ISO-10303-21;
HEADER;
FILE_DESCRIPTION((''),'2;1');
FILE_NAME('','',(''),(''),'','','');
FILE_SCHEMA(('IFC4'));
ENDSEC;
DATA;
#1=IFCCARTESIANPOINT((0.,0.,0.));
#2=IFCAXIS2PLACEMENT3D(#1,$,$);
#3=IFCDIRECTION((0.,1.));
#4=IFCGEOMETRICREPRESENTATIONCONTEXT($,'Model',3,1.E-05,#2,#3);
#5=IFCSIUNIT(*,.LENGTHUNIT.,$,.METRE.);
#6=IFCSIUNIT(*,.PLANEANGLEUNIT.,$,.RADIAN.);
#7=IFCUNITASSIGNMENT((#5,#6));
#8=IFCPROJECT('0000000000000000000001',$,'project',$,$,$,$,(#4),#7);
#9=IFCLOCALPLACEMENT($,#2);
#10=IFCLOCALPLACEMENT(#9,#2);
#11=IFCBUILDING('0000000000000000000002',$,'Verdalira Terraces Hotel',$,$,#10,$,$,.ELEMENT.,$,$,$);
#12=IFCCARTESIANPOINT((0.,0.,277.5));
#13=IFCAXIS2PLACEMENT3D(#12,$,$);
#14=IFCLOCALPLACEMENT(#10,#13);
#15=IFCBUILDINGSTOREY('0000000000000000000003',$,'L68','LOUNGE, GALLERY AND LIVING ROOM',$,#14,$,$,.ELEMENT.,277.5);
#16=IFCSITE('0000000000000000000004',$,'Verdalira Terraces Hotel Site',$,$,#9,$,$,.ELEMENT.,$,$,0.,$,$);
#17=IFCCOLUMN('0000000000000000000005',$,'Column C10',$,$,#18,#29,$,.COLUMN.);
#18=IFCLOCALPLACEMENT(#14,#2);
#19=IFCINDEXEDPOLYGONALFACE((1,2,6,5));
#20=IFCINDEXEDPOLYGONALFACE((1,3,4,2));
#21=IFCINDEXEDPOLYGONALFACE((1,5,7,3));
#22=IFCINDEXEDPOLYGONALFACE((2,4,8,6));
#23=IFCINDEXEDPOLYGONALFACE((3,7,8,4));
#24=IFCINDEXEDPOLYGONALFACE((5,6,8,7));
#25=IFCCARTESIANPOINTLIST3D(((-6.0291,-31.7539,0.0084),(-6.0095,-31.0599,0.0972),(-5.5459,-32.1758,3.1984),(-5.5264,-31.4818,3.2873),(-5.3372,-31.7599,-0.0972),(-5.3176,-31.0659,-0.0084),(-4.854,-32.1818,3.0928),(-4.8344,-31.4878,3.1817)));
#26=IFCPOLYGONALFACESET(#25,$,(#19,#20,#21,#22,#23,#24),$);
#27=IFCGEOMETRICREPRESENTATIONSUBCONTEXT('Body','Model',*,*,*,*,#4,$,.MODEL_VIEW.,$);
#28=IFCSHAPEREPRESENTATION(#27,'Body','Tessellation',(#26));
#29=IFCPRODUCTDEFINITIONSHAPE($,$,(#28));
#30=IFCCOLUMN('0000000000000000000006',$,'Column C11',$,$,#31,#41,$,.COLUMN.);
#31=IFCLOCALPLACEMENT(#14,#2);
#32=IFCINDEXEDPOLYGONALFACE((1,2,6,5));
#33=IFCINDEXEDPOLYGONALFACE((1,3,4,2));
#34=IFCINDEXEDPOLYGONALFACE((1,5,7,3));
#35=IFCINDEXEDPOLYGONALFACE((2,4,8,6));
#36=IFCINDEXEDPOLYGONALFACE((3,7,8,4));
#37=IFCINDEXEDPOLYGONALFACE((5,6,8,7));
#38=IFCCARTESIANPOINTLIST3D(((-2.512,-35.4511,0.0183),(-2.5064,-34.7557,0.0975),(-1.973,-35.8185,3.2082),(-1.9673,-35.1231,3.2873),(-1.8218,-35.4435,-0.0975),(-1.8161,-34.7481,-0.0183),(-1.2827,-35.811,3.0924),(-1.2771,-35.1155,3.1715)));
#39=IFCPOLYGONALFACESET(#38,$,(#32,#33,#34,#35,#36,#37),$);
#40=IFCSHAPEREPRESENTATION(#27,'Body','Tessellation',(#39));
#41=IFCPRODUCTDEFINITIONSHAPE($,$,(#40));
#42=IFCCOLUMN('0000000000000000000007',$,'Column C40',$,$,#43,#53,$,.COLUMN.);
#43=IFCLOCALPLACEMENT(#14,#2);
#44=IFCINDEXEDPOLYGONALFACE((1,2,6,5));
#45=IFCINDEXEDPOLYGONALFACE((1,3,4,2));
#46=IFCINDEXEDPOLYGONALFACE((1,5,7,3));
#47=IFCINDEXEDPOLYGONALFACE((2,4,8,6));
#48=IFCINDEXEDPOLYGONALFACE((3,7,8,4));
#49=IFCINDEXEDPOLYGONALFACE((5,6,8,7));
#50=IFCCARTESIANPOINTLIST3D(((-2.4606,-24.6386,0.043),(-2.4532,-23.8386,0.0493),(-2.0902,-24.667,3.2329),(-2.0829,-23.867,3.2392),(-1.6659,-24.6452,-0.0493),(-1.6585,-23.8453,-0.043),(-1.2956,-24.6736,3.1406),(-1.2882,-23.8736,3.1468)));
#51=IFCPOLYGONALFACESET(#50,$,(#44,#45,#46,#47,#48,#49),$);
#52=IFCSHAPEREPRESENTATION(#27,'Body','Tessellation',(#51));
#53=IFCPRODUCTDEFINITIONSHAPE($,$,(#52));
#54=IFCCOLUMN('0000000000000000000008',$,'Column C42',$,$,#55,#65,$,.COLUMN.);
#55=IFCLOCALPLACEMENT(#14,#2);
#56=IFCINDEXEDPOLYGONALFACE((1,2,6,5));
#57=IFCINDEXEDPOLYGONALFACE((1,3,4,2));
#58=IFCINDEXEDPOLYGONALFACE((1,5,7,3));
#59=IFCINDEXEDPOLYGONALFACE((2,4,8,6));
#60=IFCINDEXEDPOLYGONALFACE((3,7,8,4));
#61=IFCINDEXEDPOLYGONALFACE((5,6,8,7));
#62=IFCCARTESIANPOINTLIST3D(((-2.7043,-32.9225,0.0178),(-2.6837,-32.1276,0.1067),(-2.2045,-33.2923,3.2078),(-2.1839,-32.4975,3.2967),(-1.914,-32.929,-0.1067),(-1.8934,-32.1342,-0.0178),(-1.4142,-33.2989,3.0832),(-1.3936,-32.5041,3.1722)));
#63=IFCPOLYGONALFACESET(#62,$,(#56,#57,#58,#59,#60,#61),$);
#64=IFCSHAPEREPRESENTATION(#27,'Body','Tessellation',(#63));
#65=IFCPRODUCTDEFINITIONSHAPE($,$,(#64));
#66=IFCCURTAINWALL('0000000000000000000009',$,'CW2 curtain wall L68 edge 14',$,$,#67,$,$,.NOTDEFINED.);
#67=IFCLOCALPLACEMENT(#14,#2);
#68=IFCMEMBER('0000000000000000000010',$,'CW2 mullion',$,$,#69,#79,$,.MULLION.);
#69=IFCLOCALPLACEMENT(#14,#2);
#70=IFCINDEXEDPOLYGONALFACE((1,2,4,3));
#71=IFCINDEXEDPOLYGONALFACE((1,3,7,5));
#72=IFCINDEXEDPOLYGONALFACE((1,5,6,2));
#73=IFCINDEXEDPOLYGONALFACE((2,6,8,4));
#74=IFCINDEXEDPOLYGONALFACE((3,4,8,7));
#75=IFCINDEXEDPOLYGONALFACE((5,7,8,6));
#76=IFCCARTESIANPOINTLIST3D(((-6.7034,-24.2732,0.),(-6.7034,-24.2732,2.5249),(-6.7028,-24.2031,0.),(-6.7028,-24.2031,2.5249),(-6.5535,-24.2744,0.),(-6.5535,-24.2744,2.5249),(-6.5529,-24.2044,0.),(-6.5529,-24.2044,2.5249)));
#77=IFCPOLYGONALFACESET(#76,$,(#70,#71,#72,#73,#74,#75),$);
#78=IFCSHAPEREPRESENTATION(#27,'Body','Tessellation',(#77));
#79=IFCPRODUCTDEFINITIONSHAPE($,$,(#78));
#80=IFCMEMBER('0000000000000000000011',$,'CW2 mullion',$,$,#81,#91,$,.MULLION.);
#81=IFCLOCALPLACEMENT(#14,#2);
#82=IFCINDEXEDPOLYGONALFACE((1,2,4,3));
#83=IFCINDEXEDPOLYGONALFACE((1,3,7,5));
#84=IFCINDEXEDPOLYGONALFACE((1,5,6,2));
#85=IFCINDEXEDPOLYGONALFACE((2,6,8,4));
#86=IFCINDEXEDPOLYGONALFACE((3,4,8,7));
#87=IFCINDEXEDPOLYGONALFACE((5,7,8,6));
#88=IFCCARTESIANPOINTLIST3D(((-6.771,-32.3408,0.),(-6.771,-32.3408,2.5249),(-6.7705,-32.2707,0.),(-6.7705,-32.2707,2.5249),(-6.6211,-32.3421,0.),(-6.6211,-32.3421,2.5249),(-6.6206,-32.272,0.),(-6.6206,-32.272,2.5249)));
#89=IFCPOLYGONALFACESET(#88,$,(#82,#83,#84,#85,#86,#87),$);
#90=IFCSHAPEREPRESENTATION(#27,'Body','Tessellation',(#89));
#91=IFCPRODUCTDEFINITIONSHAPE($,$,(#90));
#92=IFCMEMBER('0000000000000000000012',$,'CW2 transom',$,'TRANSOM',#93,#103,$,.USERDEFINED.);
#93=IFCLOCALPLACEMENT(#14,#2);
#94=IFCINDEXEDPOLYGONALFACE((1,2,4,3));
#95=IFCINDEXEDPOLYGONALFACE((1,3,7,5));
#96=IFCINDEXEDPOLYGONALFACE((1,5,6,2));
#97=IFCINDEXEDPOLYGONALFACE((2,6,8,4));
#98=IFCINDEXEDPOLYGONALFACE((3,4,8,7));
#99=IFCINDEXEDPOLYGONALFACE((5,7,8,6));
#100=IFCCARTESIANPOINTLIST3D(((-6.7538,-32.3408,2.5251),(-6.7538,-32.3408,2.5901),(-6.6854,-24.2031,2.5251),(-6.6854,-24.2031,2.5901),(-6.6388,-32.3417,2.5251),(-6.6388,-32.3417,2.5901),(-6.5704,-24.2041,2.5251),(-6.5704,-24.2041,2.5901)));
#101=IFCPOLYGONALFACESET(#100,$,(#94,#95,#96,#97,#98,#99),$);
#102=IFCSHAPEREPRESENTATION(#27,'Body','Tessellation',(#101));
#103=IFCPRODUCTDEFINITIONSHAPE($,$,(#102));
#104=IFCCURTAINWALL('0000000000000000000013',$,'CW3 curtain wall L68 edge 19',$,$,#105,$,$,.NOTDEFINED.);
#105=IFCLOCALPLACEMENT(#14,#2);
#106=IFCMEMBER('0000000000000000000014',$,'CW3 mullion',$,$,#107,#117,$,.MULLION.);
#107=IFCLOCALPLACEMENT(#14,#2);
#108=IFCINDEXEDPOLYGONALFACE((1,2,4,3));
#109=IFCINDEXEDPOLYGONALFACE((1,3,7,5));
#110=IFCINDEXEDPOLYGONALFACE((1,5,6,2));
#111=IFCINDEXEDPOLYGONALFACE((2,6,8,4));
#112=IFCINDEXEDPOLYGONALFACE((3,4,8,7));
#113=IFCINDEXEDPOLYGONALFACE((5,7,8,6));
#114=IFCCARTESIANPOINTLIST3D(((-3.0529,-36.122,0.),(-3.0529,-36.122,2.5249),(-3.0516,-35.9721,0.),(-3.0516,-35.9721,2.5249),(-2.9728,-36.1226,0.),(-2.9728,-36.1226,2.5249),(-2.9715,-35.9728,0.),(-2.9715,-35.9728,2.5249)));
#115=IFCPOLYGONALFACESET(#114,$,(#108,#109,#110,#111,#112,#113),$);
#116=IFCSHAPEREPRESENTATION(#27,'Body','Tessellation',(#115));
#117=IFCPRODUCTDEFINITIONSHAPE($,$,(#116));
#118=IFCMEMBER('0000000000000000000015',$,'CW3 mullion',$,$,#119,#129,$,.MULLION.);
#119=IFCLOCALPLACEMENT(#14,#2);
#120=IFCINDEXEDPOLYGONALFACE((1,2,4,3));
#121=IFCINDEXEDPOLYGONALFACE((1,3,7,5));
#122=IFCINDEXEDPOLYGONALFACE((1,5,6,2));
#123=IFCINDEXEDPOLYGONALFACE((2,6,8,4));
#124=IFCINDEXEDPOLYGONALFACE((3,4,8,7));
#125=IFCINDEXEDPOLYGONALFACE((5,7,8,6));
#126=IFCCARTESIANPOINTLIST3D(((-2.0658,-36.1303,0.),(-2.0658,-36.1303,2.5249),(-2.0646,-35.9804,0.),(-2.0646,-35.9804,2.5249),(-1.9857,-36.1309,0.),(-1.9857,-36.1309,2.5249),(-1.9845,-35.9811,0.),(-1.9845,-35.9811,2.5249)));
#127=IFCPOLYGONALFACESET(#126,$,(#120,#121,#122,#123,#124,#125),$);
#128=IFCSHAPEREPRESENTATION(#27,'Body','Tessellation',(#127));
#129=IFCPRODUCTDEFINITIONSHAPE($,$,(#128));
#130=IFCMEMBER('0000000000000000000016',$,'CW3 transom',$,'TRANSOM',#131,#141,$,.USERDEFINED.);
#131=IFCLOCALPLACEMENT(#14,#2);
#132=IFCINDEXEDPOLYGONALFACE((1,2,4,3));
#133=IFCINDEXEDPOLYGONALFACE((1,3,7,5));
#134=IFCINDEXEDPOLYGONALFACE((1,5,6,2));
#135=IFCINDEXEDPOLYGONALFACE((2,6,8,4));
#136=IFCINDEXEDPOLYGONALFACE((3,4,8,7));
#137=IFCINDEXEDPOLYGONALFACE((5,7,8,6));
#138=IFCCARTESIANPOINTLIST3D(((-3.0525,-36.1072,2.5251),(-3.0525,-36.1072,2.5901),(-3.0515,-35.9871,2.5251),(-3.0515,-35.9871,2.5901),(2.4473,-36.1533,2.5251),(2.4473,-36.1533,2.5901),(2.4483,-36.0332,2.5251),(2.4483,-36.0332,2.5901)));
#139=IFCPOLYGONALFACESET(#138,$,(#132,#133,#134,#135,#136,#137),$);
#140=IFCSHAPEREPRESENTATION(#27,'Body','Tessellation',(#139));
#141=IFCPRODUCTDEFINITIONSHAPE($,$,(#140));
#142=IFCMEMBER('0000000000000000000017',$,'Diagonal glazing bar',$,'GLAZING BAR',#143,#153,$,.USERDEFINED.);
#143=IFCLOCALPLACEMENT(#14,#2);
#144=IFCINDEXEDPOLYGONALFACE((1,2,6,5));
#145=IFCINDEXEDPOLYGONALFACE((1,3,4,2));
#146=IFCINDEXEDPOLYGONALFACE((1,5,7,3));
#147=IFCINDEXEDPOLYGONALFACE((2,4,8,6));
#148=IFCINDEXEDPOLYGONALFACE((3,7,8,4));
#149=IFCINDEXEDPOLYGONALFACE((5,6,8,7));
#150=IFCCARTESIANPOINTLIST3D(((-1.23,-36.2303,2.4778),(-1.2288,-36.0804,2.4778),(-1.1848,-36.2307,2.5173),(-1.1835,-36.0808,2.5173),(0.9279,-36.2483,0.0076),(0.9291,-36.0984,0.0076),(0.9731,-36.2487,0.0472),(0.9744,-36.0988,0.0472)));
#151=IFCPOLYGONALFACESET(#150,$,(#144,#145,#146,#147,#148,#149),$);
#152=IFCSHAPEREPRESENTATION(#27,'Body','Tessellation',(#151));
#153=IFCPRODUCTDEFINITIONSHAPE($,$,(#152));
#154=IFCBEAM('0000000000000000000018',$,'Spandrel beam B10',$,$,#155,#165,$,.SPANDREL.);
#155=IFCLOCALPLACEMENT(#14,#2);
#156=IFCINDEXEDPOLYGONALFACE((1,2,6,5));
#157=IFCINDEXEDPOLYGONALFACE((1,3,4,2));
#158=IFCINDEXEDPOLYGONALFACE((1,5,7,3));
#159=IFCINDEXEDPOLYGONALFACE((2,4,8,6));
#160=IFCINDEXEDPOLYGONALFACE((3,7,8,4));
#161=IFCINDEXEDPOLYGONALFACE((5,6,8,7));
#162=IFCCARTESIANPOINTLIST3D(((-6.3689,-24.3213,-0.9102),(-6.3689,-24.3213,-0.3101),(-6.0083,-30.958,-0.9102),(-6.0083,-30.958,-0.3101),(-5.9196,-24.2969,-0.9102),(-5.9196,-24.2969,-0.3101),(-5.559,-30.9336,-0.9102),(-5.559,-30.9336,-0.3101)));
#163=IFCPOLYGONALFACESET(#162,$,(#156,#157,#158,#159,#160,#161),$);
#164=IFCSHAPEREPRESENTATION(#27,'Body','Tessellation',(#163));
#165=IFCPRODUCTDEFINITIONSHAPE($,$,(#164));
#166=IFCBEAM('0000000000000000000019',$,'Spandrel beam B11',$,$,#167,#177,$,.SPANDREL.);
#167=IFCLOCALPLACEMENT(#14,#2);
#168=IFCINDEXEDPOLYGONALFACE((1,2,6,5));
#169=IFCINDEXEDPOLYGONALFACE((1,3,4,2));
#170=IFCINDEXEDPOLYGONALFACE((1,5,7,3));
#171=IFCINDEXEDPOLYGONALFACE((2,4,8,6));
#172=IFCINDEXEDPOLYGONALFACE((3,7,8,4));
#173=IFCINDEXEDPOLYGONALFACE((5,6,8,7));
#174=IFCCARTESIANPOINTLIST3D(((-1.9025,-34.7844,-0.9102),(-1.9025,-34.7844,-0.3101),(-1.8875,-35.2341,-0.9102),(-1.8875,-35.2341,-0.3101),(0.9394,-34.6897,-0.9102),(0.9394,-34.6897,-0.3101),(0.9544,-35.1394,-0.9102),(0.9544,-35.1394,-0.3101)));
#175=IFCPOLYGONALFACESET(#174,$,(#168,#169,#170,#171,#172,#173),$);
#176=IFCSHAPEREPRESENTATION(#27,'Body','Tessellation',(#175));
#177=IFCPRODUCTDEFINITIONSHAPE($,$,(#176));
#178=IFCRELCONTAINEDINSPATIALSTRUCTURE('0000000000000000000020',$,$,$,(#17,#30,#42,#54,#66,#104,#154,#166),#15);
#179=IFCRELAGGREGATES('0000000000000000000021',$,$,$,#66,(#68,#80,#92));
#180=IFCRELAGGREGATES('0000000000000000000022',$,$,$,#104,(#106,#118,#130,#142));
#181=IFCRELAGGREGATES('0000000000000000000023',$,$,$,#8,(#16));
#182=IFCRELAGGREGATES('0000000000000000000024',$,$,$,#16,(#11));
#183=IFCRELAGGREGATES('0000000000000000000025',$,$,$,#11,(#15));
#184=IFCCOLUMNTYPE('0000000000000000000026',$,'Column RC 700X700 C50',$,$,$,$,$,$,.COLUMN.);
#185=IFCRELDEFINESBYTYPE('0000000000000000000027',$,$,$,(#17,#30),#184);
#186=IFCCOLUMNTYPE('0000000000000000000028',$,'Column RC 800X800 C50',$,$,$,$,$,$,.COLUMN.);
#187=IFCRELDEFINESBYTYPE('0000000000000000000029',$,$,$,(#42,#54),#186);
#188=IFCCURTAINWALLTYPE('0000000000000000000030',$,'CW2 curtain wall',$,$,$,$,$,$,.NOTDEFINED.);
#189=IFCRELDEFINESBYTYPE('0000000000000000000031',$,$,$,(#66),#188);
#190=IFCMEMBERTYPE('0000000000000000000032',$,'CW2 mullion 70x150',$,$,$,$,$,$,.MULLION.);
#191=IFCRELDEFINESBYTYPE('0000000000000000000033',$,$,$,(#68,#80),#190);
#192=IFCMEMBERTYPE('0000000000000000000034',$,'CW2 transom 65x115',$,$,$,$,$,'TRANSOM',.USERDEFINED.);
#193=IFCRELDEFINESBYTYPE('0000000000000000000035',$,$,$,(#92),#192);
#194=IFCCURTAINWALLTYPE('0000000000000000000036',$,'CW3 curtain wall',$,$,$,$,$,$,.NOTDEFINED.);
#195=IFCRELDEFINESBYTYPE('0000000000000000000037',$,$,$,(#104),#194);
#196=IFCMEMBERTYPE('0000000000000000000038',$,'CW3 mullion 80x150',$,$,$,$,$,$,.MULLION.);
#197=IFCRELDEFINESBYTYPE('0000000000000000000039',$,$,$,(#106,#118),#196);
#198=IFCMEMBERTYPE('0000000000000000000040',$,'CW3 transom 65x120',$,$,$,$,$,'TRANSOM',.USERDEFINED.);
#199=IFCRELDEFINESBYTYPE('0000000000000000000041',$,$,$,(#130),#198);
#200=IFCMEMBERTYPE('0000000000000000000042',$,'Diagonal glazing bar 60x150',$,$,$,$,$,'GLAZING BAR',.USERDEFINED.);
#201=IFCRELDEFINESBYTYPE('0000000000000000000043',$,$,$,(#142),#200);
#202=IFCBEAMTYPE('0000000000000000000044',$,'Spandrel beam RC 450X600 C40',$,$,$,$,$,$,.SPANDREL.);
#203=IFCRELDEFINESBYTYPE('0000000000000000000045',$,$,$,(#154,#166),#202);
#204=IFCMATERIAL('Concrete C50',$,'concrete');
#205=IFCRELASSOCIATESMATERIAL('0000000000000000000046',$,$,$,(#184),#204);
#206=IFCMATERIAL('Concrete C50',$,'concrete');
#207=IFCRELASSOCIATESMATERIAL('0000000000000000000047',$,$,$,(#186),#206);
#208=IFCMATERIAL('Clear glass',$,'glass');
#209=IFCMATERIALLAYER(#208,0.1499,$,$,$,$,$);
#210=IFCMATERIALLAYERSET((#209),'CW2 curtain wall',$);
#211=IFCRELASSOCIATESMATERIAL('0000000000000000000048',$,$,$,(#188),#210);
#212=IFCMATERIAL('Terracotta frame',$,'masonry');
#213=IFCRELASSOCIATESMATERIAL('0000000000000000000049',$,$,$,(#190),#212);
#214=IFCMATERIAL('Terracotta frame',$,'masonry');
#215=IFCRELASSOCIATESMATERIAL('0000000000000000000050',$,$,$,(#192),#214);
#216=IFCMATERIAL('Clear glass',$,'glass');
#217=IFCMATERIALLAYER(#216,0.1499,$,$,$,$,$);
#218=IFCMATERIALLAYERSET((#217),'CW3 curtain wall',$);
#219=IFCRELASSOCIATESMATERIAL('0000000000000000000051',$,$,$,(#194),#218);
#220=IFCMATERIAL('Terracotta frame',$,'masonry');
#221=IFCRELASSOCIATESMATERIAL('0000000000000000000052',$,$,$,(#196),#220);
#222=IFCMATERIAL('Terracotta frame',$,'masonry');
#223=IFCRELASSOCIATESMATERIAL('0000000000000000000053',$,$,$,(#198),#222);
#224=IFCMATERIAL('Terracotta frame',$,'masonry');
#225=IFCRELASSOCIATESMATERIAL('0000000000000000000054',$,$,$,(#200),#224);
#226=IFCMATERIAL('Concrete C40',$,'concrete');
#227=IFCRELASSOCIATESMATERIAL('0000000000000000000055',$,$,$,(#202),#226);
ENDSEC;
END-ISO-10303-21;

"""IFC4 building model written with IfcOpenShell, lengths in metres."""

from ifc_helpers import new_model, si_unit, direction, frame, origin, origin_2d, place, context, subcontext, project, spatial, rectangle, extrude, material, layer, layer_set, material_profile, profile_set, type_object, element, aggregate, save


model = new_model("IFC4")

# Units and contexts
model_context = context("Model", 3, precision=1e-05, world=origin(), true_north=direction((0.0, 1.0)))
body_context = subcontext(model_context, "Body", "Model", "MODEL_VIEW")
ifc_project = project(units=[si_unit("LENGTHUNIT", "METRE"), si_unit("PLANEANGLEUNIT", "RADIAN")], contexts=[model_context])

# Site, building, storey
site_placement = place(None, origin())
site = spatial("IfcSite", under=ifc_project, at=site_placement, Name="Verdalira Terraces Hotel Site", CompositionType="ELEMENT", RefElevation=0.0)
building_placement = place(site_placement, origin())
building = spatial("IfcBuilding", under=site, at=building_placement, Name="Verdalira Terraces Hotel", CompositionType="ELEMENT")
storey_placement = place(building_placement, frame((0.0, 0.0, 277.5)))
storey = spatial("IfcBuildingStorey", under=building, at=storey_placement, Name="L68", Description="LOUNGE, GALLERY AND LIVING ROOM", CompositionType="ELEMENT", Elevation=277.5)

# Columns
ifc_material_1 = material(Name="Concrete C50", Category="concrete")
ifc_material_profile_1 = material_profile(ifc_material_1, rectangle(XDim=0.7, YDim=0.7, at=origin_2d()), Name="RC 700X700")
ifc_profile_set_1 = profile_set([ifc_material_profile_1], Name="Concrete C50")
column_type_1 = type_object("IfcColumnType", Name="Column RC 700X700 C50", PredefinedType="COLUMN", material=ifc_profile_set_1)
column_1_placement = place(storey_placement, frame((-5.6733, -31.4099, 0.0), z_axis=(0.14849, -0.129657, 0.980377), x_axis=(-0.027926, -0.991522, -0.126901)))
element("IfcColumn", 1, at=column_1_placement, inside=storey, type_object=column_type_1, Name="Column C10", PredefinedType="COLUMN", context=body_context, shape_type="SweptSolid", body=[
    extrude(rectangle(XDim=0.7, YDim=0.7, at=origin_2d()), origin(), (0.0, 0.0, 1.0), 3.2539),
])
column_2_placement = place(storey_placement, frame((-2.1641, -35.0996, 0.0), z_axis=(0.165561, -0.112849, 0.979722), x_axis=(0.986166, 0.0108, -0.165407)))
element("IfcColumn", 2, at=column_2_placement, inside=storey, type_object=column_type_1, Name="Column C11", PredefinedType="COLUMN", context=body_context, shape_type="SweptSolid", body=[
    extrude(rectangle(XDim=0.7, YDim=0.7, at=origin_2d()), origin(), (0.0, 0.0, 1.0), 3.2559),
])
ifc_material_2 = material(Name="Concrete C50", Category="concrete")
ifc_material_profile_2 = material_profile(ifc_material_2, rectangle(XDim=0.8, YDim=0.8, at=origin_2d()), Name="RC 800X800")
ifc_profile_set_2 = profile_set([ifc_material_profile_2], Name="Concrete C50")
column_type_2 = type_object("IfcColumnType", Name="Column RC 800X800 C50", PredefinedType="COLUMN", material=ifc_profile_set_2)
column_3_placement = place(storey_placement, frame((-2.0596, -24.2419, 0.0), z_axis=(0.115324, -0.008818, 0.993289), x_axis=(-0.009224, -0.999927, -0.007806)))
element("IfcColumn", 3, at=column_3_placement, inside=storey, type_object=column_type_2, Name="Column C40", PredefinedType="COLUMN", context=body_context, shape_type="SweptSolid", body=[
    extrude(rectangle(XDim=0.8, YDim=0.8, at=origin_2d()), origin(), (0.0, 0.0, 1.0), 3.2114),
])
column_4_placement = place(storey_placement, frame((-2.2988, -32.5283, 0.0), z_axis=(0.153773, -0.113808, 0.98153), x_axis=(-0.025739, -0.993469, -0.11116)))
element("IfcColumn", 4, at=column_4_placement, inside=storey, type_object=column_type_2, Name="Column C42", PredefinedType="COLUMN", context=body_context, shape_type="SweptSolid", body=[
    extrude(rectangle(XDim=0.8, YDim=0.8, at=origin_2d()), origin(), (0.0, 0.0, 1.0), 3.25),
])

# Curtain walls, members
ifc_material_3 = material(Name="Clear glass", Category="glass")
ifc_layer_1 = layer(ifc_material_3, 0.1499)
ifc_layer_set_1 = layer_set([ifc_layer_1], Name="CW2 curtain wall")
curtain_wall_type_1 = type_object("IfcCurtainWallType", Name="CW2 curtain wall", PredefinedType="NOTDEFINED", material=ifc_layer_set_1)
curtain_wall_1_placement = place(storey_placement, origin())
curtain_wall_1 = element("IfcCurtainWall", 5, at=curtain_wall_1_placement, inside=storey, type_object=curtain_wall_type_1, Name="CW2 curtain wall L68 edge 14", PredefinedType="NOTDEFINED")
ifc_material_4 = material(Name="Terracotta frame", Category="masonry")
ifc_material_profile_3 = material_profile(ifc_material_4, rectangle(XDim=0.0701, YDim=0.1499, at=origin_2d()), Name="MU 70x150")
ifc_profile_set_3 = profile_set([ifc_material_profile_3], Name="Terracotta frame")
member_type_1 = type_object("IfcMemberType", Name="CW2 mullion 70x150", PredefinedType="MULLION", material=ifc_profile_set_3)
member_1_placement = place(storey_placement, frame((-6.6282, -24.2388, 0.0), z_axis=(0.0, 0.0, 1.0), x_axis=(-0.008377, -0.999965, 0.0)))
member_1 = element("IfcMember", 6, at=member_1_placement, type_object=member_type_1, Name="CW2 mullion", PredefinedType="MULLION", context=body_context, shape_type="SweptSolid", body=[
    extrude(rectangle(XDim=0.0701, YDim=0.1499, at=origin_2d()), origin(), (0.0, 0.0, 1.0), 2.5249),
])
member_2_placement = place(storey_placement, frame((-6.6958, -32.3064, 0.0), z_axis=(0.0, 0.0, 1.0), x_axis=(-0.008377, -0.999965, 0.0)))
member_2 = element("IfcMember", 7, at=member_2_placement, type_object=member_type_1, Name="CW2 mullion", PredefinedType="MULLION", context=body_context, shape_type="SweptSolid", body=[
    extrude(rectangle(XDim=0.0701, YDim=0.1499, at=origin_2d()), origin(), (0.0, 0.0, 1.0), 2.5249),
])
ifc_material_5 = material(Name="Terracotta frame", Category="masonry")
ifc_material_profile_4 = material_profile(ifc_material_5, rectangle(XDim=0.115, YDim=0.0649, at=origin_2d()), Name="TR 65x115")
ifc_profile_set_4 = profile_set([ifc_material_profile_4], Name="Terracotta frame")
member_type_2 = type_object("IfcMemberType", Name="CW2 transom 65x115", ElementType="TRANSOM", PredefinedType="USERDEFINED", material=ifc_profile_set_4)
member_3_placement = place(storey_placement, frame((-6.6279, -24.2036, 2.5576), z_axis=(-0.0084, -0.999965, 0.0), x_axis=(0.999965, -0.0084, 0.0)))
member_3 = element("IfcMember", 8, at=member_3_placement, type_object=member_type_2, Name="CW2 transom", ObjectType="TRANSOM", PredefinedType="USERDEFINED", context=body_context, shape_type="SweptSolid", body=[
    extrude(rectangle(XDim=0.115, YDim=0.0649, at=origin_2d()), origin(), (0.0, 0.0, 1.0), 8.1379),
])
ifc_material_6 = material(Name="Clear glass", Category="glass")
ifc_layer_2 = layer(ifc_material_6, 0.1499)
ifc_layer_set_2 = layer_set([ifc_layer_2], Name="CW3 curtain wall")
curtain_wall_type_2 = type_object("IfcCurtainWallType", Name="CW3 curtain wall", PredefinedType="NOTDEFINED", material=ifc_layer_set_2)
curtain_wall_2_placement = place(storey_placement, origin())
curtain_wall_2 = element("IfcCurtainWall", 9, at=curtain_wall_2_placement, inside=storey, type_object=curtain_wall_type_2, Name="CW3 curtain wall L68 edge 19", PredefinedType="NOTDEFINED")
ifc_material_7 = material(Name="Terracotta frame", Category="masonry")
ifc_material_profile_5 = material_profile(ifc_material_7, rectangle(XDim=0.0801, YDim=0.1499, at=origin_2d()), Name="MU 80x150")
ifc_profile_set_5 = profile_set([ifc_material_profile_5], Name="Terracotta frame")
member_type_3 = type_object("IfcMemberType", Name="CW3 mullion 80x150", PredefinedType="MULLION", material=ifc_profile_set_5)
member_4_placement = place(storey_placement, frame((-3.0122, -36.0474, 0.0), z_axis=(0.0, 0.0, 1.0), x_axis=(0.999965, -0.008377, 0.0)))
member_4 = element("IfcMember", 10, at=member_4_placement, type_object=member_type_3, Name="CW3 mullion", PredefinedType="MULLION", context=body_context, shape_type="SweptSolid", body=[
    extrude(rectangle(XDim=0.0801, YDim=0.1499, at=origin_2d()), origin(), (0.0, 0.0, 1.0), 2.5249),
])
member_5_placement = place(storey_placement, frame((-2.0251, -36.0557, 0.0), z_axis=(0.0, 0.0, 1.0), x_axis=(0.999965, -0.008377, 0.0)))
member_5 = element("IfcMember", 11, at=member_5_placement, type_object=member_type_3, Name="CW3 mullion", PredefinedType="MULLION", context=body_context, shape_type="SweptSolid", body=[
    extrude(rectangle(XDim=0.0801, YDim=0.1499, at=origin_2d()), origin(), (0.0, 0.0, 1.0), 2.5249),
])
ifc_material_8 = material(Name="Terracotta frame", Category="masonry")
ifc_material_profile_6 = material_profile(ifc_material_8, rectangle(XDim=0.1201, YDim=0.0649, at=origin_2d()), Name="TR 65x120")
ifc_profile_set_6 = profile_set([ifc_material_profile_6], Name="Terracotta frame")
member_type_4 = type_object("IfcMemberType", Name="CW3 transom 65x120", ElementType="TRANSOM", PredefinedType="USERDEFINED", material=ifc_profile_set_6)
member_6_placement = place(storey_placement, frame((-3.052, -36.0471, 2.5576), z_axis=(0.999965, -0.00839, 0.0), x_axis=(0.00839, 0.999965, 0.0)))
member_6 = element("IfcMember", 12, at=member_6_placement, type_object=member_type_4, Name="CW3 transom", ObjectType="TRANSOM", PredefinedType="USERDEFINED", context=body_context, shape_type="SweptSolid", body=[
    extrude(rectangle(XDim=0.1201, YDim=0.0649, at=origin_2d()), origin(), (0.0, 0.0, 1.0), 5.5),
])
ifc_material_9 = material(Name="Terracotta frame", Category="masonry")
ifc_material_profile_7 = material_profile(ifc_material_9, rectangle(XDim=0.1499, YDim=0.0601, at=origin_2d()), Name="GB 60x150")
ifc_profile_set_7 = profile_set([ifc_material_profile_7], Name="Terracotta frame")
member_type_5 = type_object("IfcMemberType", Name="Diagonal glazing bar 60x150", ElementType="GLAZING BAR", PredefinedType="USERDEFINED", material=ifc_profile_set_7)
member_7_placement = place(storey_placement, frame((-1.2068, -36.1555, 2.4976), z_axis=(0.657894, -0.005508, -0.753091), x_axis=(0.008372, 0.999965, 0.0)))
member_7 = element("IfcMember", 13, at=member_7_placement, type_object=member_type_5, Name="Diagonal glazing bar", ObjectType="GLAZING BAR", PredefinedType="USERDEFINED", context=body_context, shape_type="SweptSolid", body=[
    extrude(rectangle(XDim=0.1499, YDim=0.0601, at=origin_2d()), origin(), (0.0, 0.0, 1.0), 3.28),
])

# Beams
ifc_material_10 = material(Name="Concrete C40", Category="concrete")
ifc_material_profile_8 = material_profile(ifc_material_10, rectangle(XDim=0.45, YDim=0.6001, at=origin_2d()), Name="RC 450X600")
ifc_profile_set_8 = profile_set([ifc_material_profile_8], Name="Concrete C40")
beam_type = type_object("IfcBeamType", Name="Spandrel beam RC 450X600 C40", PredefinedType="SPANDREL", material=ifc_profile_set_8)
beam_1_placement = place(storey_placement, frame((-6.1443, -24.3091, -0.6101), z_axis=(0.054253, -0.998527, 0.0), x_axis=(0.998527, 0.054253, 0.0)))
element("IfcBeam", 14, at=beam_1_placement, inside=storey, type_object=beam_type, Name="Spandrel beam B10", PredefinedType="SPANDREL", context=body_context, shape_type="SweptSolid", body=[
    extrude(rectangle(XDim=0.45, YDim=0.6001, at=origin_2d()), origin(), (0.0, 0.0, 1.0), 6.6465),
])
beam_2_placement = place(storey_placement, frame((-1.895, -35.0093, -0.6101), z_axis=(0.999445, 0.033312, 0.0), x_axis=(-0.033312, 0.999445, 0.0)))
element("IfcBeam", 15, at=beam_2_placement, inside=storey, type_object=beam_type, Name="Spandrel beam B11", PredefinedType="SPANDREL", context=body_context, shape_type="SweptSolid", body=[
    extrude(rectangle(XDim=0.45, YDim=0.6001, at=origin_2d()), origin(), (0.0, 0.0, 1.0), 2.8435),
])

aggregate(curtain_wall_1, [member_1, member_2, member_3])
aggregate(curtain_wall_2, [member_4, member_5, member_6, member_7])

save(model, "model.ifc")
